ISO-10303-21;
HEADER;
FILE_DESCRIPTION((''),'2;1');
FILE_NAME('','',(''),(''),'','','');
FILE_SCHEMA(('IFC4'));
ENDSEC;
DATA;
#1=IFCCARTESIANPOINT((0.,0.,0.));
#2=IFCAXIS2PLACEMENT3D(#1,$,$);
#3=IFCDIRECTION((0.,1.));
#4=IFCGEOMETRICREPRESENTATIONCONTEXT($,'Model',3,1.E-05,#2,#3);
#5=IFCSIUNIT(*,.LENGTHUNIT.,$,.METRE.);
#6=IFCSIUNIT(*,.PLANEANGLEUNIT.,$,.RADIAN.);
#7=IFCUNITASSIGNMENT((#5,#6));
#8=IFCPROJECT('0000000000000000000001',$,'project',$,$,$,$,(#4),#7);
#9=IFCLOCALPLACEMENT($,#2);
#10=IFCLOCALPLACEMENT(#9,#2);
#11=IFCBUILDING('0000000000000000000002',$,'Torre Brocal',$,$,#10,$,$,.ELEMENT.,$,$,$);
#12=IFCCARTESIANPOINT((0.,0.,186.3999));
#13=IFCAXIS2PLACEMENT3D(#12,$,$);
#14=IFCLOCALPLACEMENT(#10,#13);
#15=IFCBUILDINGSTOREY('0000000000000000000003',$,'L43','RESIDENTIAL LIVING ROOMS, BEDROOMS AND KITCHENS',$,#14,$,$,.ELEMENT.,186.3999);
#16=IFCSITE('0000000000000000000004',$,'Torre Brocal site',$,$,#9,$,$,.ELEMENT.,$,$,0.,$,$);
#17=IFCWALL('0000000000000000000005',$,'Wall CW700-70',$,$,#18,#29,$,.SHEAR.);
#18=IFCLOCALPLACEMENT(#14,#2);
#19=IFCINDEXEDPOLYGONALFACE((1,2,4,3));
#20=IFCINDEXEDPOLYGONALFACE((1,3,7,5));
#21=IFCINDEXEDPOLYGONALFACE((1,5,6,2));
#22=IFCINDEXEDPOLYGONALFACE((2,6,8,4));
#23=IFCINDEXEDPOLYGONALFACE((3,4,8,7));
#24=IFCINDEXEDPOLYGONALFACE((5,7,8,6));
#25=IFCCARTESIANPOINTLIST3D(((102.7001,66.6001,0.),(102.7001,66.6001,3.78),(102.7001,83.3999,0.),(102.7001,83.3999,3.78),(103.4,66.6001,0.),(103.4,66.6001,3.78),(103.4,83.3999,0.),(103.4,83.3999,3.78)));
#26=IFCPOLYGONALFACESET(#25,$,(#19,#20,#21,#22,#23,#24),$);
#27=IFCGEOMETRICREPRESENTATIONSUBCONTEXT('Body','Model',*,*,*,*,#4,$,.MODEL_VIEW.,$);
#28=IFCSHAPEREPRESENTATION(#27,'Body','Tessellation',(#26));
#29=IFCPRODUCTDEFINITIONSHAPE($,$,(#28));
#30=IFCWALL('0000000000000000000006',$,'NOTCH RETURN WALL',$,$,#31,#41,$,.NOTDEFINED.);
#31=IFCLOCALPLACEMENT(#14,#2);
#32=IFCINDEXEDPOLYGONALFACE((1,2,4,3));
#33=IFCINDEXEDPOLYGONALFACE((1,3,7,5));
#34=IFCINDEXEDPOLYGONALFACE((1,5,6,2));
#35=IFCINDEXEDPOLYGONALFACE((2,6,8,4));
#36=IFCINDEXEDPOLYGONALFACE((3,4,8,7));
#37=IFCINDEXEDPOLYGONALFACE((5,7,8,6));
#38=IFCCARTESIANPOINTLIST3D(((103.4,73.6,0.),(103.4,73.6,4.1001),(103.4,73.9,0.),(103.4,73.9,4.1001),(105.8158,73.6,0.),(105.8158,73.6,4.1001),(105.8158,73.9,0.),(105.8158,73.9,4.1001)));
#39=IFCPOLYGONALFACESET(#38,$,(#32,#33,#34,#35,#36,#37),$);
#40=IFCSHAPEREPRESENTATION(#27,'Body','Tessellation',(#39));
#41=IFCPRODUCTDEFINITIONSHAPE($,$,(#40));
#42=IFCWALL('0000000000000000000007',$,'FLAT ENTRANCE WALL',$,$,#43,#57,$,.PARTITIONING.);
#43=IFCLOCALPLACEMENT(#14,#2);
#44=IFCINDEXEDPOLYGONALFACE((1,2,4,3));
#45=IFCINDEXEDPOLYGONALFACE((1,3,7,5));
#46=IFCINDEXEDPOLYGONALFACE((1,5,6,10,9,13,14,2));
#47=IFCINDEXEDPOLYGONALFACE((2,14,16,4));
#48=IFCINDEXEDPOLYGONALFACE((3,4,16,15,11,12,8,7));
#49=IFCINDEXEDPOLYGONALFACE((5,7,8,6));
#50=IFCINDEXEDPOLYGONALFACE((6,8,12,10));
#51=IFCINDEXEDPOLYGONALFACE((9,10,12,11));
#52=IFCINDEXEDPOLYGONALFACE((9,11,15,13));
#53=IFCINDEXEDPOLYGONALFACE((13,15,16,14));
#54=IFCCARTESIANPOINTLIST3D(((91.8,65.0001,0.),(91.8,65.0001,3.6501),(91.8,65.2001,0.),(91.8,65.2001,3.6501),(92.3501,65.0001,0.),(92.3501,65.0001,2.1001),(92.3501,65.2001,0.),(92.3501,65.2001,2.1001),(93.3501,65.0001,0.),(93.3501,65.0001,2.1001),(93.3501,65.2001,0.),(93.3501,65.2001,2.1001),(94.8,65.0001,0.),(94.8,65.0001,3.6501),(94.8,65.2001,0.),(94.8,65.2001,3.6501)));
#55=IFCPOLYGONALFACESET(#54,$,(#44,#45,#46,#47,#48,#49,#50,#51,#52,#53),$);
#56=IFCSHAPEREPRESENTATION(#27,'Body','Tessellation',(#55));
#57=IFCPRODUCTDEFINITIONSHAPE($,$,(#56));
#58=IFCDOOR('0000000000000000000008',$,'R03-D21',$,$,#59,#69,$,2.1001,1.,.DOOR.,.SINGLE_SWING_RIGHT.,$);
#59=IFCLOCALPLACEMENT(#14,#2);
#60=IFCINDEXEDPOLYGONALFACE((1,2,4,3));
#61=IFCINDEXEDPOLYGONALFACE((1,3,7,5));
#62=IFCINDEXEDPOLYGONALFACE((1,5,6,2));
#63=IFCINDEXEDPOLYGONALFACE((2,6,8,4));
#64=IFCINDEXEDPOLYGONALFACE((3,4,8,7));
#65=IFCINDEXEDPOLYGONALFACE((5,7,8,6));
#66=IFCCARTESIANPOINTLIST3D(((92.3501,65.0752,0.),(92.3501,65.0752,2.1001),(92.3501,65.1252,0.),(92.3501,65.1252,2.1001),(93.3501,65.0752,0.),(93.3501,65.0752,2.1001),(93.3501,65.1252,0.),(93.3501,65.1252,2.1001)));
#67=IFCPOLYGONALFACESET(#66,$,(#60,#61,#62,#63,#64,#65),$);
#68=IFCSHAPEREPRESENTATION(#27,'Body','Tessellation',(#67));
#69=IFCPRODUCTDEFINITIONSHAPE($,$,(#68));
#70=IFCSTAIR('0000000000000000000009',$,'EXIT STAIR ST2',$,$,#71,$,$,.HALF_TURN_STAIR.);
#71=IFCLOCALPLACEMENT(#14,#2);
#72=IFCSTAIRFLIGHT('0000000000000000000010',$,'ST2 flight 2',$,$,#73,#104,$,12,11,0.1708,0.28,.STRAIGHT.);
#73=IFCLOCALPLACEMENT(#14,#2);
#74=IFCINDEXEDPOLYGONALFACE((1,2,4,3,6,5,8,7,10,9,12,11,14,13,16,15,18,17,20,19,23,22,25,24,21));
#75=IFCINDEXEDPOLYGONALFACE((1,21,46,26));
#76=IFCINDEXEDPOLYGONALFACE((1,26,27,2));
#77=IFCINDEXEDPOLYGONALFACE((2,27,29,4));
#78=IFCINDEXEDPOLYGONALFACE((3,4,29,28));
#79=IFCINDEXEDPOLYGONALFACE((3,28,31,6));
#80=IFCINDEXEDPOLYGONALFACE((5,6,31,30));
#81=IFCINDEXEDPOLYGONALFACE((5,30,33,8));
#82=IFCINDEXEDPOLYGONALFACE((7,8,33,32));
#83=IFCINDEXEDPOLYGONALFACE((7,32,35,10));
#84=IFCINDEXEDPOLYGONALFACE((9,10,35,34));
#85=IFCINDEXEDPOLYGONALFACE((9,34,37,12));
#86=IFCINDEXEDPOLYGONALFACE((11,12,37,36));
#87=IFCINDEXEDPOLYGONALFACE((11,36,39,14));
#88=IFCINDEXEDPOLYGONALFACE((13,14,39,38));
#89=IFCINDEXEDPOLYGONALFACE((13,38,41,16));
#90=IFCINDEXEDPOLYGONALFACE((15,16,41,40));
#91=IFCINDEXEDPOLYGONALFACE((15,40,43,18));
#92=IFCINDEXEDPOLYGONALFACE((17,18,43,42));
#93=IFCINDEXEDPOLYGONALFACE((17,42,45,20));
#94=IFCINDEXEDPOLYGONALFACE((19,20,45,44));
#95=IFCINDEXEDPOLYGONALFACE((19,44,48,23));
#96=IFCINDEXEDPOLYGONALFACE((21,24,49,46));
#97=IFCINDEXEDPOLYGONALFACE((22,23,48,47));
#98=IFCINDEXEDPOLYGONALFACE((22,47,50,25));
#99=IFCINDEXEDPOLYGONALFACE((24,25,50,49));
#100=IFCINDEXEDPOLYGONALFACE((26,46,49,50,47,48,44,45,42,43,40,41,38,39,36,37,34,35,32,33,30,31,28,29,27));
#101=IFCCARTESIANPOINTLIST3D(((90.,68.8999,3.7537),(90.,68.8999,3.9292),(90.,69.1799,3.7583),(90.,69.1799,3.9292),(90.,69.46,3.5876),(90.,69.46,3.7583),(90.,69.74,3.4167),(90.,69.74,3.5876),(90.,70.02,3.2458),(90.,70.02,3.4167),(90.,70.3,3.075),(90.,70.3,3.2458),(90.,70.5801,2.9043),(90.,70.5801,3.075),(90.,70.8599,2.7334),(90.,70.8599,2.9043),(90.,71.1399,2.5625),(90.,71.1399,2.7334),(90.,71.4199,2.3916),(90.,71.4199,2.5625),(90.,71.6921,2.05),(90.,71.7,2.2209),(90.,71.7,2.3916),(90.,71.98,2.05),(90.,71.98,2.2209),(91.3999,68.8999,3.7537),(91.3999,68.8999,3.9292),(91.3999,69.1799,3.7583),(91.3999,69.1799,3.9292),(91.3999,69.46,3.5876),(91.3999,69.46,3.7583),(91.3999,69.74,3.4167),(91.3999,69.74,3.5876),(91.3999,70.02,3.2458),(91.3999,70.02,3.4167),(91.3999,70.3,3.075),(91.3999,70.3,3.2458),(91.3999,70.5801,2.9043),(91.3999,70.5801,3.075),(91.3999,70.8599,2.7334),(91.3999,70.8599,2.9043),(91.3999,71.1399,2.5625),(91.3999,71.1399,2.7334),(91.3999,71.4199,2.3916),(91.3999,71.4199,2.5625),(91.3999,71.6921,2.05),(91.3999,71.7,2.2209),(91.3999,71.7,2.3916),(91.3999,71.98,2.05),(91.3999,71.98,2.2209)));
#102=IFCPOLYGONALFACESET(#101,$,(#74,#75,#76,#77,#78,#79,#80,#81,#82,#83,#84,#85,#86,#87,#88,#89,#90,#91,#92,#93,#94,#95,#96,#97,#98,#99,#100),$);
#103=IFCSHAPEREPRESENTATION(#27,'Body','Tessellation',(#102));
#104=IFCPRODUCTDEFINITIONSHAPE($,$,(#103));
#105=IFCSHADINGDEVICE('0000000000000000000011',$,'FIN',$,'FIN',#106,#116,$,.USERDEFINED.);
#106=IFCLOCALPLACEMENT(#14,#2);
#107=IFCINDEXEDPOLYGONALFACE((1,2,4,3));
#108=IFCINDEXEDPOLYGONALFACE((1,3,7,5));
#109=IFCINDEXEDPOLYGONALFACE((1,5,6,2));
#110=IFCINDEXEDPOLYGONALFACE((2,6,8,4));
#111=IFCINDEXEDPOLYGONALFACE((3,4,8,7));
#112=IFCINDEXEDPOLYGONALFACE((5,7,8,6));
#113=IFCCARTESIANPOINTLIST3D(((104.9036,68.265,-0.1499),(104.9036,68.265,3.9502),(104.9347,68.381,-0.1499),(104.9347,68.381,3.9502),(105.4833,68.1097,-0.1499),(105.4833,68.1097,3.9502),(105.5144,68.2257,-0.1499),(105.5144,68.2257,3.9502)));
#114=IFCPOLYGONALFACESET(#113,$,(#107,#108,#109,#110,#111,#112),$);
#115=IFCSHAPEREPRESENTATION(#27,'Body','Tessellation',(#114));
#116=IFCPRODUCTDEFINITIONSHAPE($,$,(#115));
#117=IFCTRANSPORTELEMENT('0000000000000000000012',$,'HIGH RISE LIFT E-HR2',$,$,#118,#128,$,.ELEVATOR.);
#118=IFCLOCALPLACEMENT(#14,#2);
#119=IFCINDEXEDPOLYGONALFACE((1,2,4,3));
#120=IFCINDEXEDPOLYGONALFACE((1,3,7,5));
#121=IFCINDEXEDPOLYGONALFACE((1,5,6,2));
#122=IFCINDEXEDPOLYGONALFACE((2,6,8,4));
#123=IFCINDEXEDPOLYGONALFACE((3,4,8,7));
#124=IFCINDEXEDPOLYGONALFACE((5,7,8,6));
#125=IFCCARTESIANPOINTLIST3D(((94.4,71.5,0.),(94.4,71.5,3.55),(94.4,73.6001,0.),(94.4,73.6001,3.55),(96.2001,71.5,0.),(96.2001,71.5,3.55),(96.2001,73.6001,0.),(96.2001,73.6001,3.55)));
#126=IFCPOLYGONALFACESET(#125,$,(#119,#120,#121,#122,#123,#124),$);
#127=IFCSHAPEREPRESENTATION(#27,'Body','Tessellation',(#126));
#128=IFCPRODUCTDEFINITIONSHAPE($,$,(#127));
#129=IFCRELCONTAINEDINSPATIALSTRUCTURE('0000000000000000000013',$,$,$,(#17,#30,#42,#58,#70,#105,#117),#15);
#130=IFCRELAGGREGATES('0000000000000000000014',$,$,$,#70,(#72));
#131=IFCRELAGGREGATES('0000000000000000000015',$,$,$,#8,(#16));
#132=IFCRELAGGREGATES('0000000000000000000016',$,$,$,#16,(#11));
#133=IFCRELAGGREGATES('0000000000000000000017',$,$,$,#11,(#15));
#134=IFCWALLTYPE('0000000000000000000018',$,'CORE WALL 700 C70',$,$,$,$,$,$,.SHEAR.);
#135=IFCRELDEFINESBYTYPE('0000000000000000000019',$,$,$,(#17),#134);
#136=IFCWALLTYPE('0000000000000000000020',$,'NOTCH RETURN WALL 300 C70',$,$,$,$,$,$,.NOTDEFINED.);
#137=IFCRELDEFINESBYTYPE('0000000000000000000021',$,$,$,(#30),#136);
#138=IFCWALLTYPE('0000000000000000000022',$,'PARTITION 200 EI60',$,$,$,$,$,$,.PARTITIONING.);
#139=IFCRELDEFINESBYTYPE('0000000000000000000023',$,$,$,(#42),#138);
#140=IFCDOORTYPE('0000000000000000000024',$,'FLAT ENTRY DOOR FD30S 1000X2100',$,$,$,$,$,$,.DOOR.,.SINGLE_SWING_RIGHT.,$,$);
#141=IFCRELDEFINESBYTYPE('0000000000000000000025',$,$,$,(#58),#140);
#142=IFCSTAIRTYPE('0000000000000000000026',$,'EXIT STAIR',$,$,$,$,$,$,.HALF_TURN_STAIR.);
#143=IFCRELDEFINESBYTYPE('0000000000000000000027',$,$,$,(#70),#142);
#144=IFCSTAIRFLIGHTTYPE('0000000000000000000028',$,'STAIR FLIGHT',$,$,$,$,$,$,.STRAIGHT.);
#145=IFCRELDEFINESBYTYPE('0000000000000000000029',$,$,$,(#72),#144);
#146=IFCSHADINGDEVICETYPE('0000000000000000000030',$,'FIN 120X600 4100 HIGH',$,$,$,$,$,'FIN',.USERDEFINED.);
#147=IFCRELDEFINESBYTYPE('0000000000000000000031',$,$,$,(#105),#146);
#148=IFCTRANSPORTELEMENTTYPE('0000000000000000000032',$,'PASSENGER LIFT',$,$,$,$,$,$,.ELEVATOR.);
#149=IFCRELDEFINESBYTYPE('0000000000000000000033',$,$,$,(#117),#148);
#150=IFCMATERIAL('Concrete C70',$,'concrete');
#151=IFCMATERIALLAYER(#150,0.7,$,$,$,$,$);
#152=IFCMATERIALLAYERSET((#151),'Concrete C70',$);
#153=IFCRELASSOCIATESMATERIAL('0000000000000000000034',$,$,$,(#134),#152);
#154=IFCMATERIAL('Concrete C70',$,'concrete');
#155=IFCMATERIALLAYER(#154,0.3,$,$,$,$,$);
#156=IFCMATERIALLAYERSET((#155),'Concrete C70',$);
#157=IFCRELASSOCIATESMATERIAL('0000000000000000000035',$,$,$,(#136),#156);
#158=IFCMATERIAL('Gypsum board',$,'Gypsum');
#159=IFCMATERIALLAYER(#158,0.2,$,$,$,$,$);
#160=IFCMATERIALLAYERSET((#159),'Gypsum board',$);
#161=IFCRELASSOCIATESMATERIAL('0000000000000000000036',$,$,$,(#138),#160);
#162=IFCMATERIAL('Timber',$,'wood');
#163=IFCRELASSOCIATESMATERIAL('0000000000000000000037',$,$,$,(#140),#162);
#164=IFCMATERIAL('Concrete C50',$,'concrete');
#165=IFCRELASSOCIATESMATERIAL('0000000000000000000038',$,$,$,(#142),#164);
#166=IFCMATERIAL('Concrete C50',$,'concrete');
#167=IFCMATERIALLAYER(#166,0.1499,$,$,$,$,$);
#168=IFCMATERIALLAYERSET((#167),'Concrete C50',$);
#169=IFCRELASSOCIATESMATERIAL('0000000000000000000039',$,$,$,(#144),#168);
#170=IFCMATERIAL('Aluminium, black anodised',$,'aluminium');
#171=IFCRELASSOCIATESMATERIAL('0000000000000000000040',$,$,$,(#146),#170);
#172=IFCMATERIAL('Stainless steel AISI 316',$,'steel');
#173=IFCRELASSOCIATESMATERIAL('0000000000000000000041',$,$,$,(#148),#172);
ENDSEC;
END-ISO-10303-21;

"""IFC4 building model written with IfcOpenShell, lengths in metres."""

from ifc_helpers import new_model, si_unit, direction, frame, frame_2d, origin, origin_2d, place, context, subcontext, project, spatial, polyline, rectangle, outline, extrude, material, layer, layer_set, material_profile, profile_set, type_object, element, fill, aggregate, save


model = new_model("IFC4")

# Units and contexts
model_context = context("Model", 3, precision=1e-05, world=origin(), true_north=direction((0.0, 1.0)))
body_context = subcontext(model_context, "Body", "Model", "MODEL_VIEW")
ifc_project = project(units=[si_unit("LENGTHUNIT", "METRE"), si_unit("PLANEANGLEUNIT", "RADIAN")], contexts=[model_context])

# Site, building, storey
site_placement = place(None, origin())
site = spatial("IfcSite", under=ifc_project, at=site_placement, Name="Torre Brocal site", CompositionType="ELEMENT", RefElevation=0.0)
building_placement = place(site_placement, origin())
building = spatial("IfcBuilding", under=site, at=building_placement, Name="Torre Brocal", CompositionType="ELEMENT")
storey_placement = place(building_placement, frame((0.0, 0.0, 186.3999)))
storey = spatial("IfcBuildingStorey", under=building, at=storey_placement, Name="L43", Description="RESIDENTIAL LIVING ROOMS, BEDROOMS AND KITCHENS", CompositionType="ELEMENT", Elevation=186.3999)

# Walls
ifc_material_1 = material(Name="Concrete C70", Category="concrete")
ifc_layer_1 = layer(ifc_material_1, 0.7)
ifc_layer_set_1 = layer_set([ifc_layer_1], Name="Concrete C70")
wall_type_1 = type_object("IfcWallType", Name="CORE WALL 700 C70", PredefinedType="SHEAR", material=ifc_layer_set_1)
wall_1_placement = place(storey_placement, frame((103.05, 66.6001, 0.0), z_axis=(0.0, 0.0, 1.0), x_axis=(0.0, 1.0, 0.0)))
element("IfcWall", 1, at=wall_1_placement, inside=storey, type_object=wall_type_1, Name="Wall CW700-70", PredefinedType="SHEAR", context=body_context, shape_type="SweptSolid", body=[
    extrude(rectangle(XDim=16.7998, YDim=0.7, at=frame_2d((8.3999, 0.0))), origin(), (0.0, 0.0, 1.0), 3.78),
])
ifc_material_2 = material(Name="Concrete C70", Category="concrete")
ifc_layer_2 = layer(ifc_material_2, 0.3)
ifc_layer_set_2 = layer_set([ifc_layer_2], Name="Concrete C70")
wall_type_2 = type_object("IfcWallType", Name="NOTCH RETURN WALL 300 C70", PredefinedType="NOTDEFINED", material=ifc_layer_set_2)
wall_2_placement = place(storey_placement, frame((103.3999, 73.75, 0.0), z_axis=(0.0, 0.0, 1.0), x_axis=(1.0, 0.0, 0.0)))
element("IfcWall", 2, at=wall_2_placement, inside=storey, type_object=wall_type_2, Name="NOTCH RETURN WALL", PredefinedType="NOTDEFINED", context=body_context, shape_type="SweptSolid", body=[
    extrude(rectangle(XDim=2.4158, YDim=0.3, at=frame_2d((1.208, 0.0))), origin(), (0.0, 0.0, 1.0), 4.1001),
])

# Wall, opening, door
ifc_material_3 = material(Name="Gypsum board", Category="Gypsum")
ifc_layer_3 = layer(ifc_material_3, 0.2)
ifc_layer_set_3 = layer_set([ifc_layer_3], Name="Gypsum board")
wall_type_3 = type_object("IfcWallType", Name="PARTITION 200 EI60", PredefinedType="PARTITIONING", material=ifc_layer_set_3)
wall_3_placement = place(storey_placement, frame((91.8, 65.1001, 0.0), z_axis=(0.0, 0.0, 1.0), x_axis=(1.0, 0.0, 0.0)))
wall_3 = element("IfcWall", 3, at=wall_3_placement, inside=storey, type_object=wall_type_3, Name="FLAT ENTRANCE WALL", PredefinedType="PARTITIONING", context=body_context, shape_type="SweptSolid", body=[
    extrude(rectangle(XDim=3.0, YDim=0.2, at=frame_2d((1.5, 0.0))), origin(), (0.0, 0.0, 1.0), 3.6501),
])
opening_1_placement = place(wall_3_placement, frame((0.55, 0.0, 0.0)))
opening_1 = element("IfcOpeningElement", 4, at=opening_1_placement, cuts=wall_3, PredefinedType="OPENING", context=body_context, shape_type="SweptSolid", body=[
    extrude(rectangle(XDim=1.0, YDim=2.1001, at=frame_2d((0.5, 1.05))), frame((0.0, 0.1099, 0.0), z_axis=(0.0, -1.0, 0.0), x_axis=(1.0, 0.0, 0.0)), (0.0, 0.0, 1.0), 0.22),
])
ifc_material_4 = material(Name="Timber", Category="wood")
door_type_1 = type_object("IfcDoorType", Name="FLAT ENTRY DOOR FD30S 1000X2100", OperationType="SINGLE_SWING_RIGHT", PredefinedType="DOOR", material=ifc_material_4)
door_1_placement = place(opening_1_placement, frame((1.0, 0.0, 0.0), z_axis=(0.0, 0.0, 1.0), x_axis=(-1.0, 0.0, 0.0)))
door_1 = element("IfcDoor", 5, at=door_1_placement, inside=storey, type_object=door_type_1, Name="R03-D21", OperationType="SINGLE_SWING_RIGHT", OverallHeight=2.1001, OverallWidth=1.0, PredefinedType="DOOR", context=body_context, shape_type="SweptSolid", body=[
    extrude(rectangle(XDim=1.0, YDim=2.1001, at=frame_2d((0.5, 1.05))), frame((0.0, 0.0249, 0.0), z_axis=(0.0, -1.0, 0.0), x_axis=(1.0, 0.0, 0.0)), (0.0, 0.0, 1.0), 0.05),
])
fill(opening_1, door_1)

# Stair, stair flight
ifc_material_5 = material(Name="Concrete C50", Category="concrete")
stair_type = type_object("IfcStairType", Name="EXIT STAIR", PredefinedType="HALF_TURN_STAIR", material=ifc_material_5)
stair_placement = place(storey_placement, origin())
stair = element("IfcStair", 6, at=stair_placement, inside=storey, type_object=stair_type, Name="EXIT STAIR ST2", PredefinedType="HALF_TURN_STAIR")
ifc_material_6 = material(Name="Concrete C50", Category="concrete")
ifc_layer_4 = layer(ifc_material_6, 0.1499)
ifc_layer_set_4 = layer_set([ifc_layer_4], Name="Concrete C50")
stair_flight_type = type_object("IfcStairFlightType", Name="STAIR FLIGHT", PredefinedType="STRAIGHT", material=ifc_layer_set_4)
stair_flight_placement = place(storey_placement, frame((90.7, 71.98, 2.05), z_axis=(0.0, 0.0, 1.0), x_axis=(0.0, -1.0, 0.0)))
stair_flight = element("IfcStairFlight", 7, at=stair_flight_placement, type_object=stair_flight_type, Name="ST2 flight 2", NumberOfRisers=12, NumberOfTreads=11, PredefinedType="STRAIGHT", RiserHeight=0.1708, TreadLength=0.28, context=body_context, shape_type="SweptSolid", body=[
    extrude(outline(polyline([(0.0, 0.0), (0.0, 0.1709), (0.28, 0.1709), (0.28, 0.3416), (0.5601, 0.3416), (0.5601, 0.5125), (0.8401, 0.5125), (0.8401, 0.6833), (1.1201, 0.6833), (1.1201, 0.8542), (1.3999, 0.8542), (1.3999, 1.0249), (1.6799, 1.0249), (1.6799, 1.1958), (1.96, 1.1958), (1.96, 1.3667), (2.24, 1.3667), (2.24, 1.5376), (2.52, 1.5376), (2.52, 1.7083), (2.8, 1.7083), (2.8, 1.8792), (3.0801, 1.8792), (3.0801, 2.05), (3.0801, 1.7036), (0.2878, 0.0), (0.0, 0.0)])), frame((0.0, 0.7, 0.0), z_axis=(0.0, -1.0, 0.0), x_axis=(1.0, 0.0, 0.0)), (0.0, 0.0, 1.0), 1.3999),
])
aggregate(stair, [stair_flight])

# Shading device
ifc_material_7 = material(Name="Aluminium, black anodised", Category="aluminium")
ifc_material_profile_1 = material_profile(ifc_material_7, rectangle(XDim=0.1201, YDim=0.6001, at=origin_2d()), Name="FIN 120X600 4100 HIGH")
ifc_profile_set_1 = profile_set([ifc_material_profile_1], Name="Aluminium, black anodised")
shading_device_type = type_object("IfcShadingDeviceType", Name="FIN 120X600 4100 HIGH", ElementType="FIN", PredefinedType="USERDEFINED", material=ifc_profile_set_1)
shading_device_placement = place(storey_placement, frame((105.209, 68.2454, -0.1499), z_axis=(0.0, 0.0, 1.0), x_axis=(0.258819, 0.965926, 0.0)))
element("IfcShadingDevice", 8, at=shading_device_placement, inside=storey, type_object=shading_device_type, Name="FIN", ObjectType="FIN", PredefinedType="USERDEFINED", context=body_context, shape_type="SweptSolid", body=[
    extrude(rectangle(XDim=0.1201, YDim=0.6001, at=origin_2d()), origin(), (0.0, 0.0, 1.0), 4.1001),
])

# Transport element
ifc_material_8 = material(Name="Stainless steel AISI 316", Category="steel")
transport_element_type = type_object("IfcTransportElementType", Name="PASSENGER LIFT", PredefinedType="ELEVATOR", material=ifc_material_8)
transport_element_placement = place(storey_placement, frame((95.3, 72.55, 0.0), z_axis=(0.0, 0.0, 1.0), x_axis=(1.0, 0.0, 0.0)))
element("IfcTransportElement", 9, at=transport_element_placement, inside=storey, type_object=transport_element_type, Name="HIGH RISE LIFT E-HR2", PredefinedType="ELEVATOR", context=body_context, shape_type="SweptSolid", body=[
    extrude(rectangle(XDim=1.8, YDim=2.1001, at=origin_2d()), origin(), (0.0, 0.0, 1.0), 3.55),
])

save(model, "model.ifc")
